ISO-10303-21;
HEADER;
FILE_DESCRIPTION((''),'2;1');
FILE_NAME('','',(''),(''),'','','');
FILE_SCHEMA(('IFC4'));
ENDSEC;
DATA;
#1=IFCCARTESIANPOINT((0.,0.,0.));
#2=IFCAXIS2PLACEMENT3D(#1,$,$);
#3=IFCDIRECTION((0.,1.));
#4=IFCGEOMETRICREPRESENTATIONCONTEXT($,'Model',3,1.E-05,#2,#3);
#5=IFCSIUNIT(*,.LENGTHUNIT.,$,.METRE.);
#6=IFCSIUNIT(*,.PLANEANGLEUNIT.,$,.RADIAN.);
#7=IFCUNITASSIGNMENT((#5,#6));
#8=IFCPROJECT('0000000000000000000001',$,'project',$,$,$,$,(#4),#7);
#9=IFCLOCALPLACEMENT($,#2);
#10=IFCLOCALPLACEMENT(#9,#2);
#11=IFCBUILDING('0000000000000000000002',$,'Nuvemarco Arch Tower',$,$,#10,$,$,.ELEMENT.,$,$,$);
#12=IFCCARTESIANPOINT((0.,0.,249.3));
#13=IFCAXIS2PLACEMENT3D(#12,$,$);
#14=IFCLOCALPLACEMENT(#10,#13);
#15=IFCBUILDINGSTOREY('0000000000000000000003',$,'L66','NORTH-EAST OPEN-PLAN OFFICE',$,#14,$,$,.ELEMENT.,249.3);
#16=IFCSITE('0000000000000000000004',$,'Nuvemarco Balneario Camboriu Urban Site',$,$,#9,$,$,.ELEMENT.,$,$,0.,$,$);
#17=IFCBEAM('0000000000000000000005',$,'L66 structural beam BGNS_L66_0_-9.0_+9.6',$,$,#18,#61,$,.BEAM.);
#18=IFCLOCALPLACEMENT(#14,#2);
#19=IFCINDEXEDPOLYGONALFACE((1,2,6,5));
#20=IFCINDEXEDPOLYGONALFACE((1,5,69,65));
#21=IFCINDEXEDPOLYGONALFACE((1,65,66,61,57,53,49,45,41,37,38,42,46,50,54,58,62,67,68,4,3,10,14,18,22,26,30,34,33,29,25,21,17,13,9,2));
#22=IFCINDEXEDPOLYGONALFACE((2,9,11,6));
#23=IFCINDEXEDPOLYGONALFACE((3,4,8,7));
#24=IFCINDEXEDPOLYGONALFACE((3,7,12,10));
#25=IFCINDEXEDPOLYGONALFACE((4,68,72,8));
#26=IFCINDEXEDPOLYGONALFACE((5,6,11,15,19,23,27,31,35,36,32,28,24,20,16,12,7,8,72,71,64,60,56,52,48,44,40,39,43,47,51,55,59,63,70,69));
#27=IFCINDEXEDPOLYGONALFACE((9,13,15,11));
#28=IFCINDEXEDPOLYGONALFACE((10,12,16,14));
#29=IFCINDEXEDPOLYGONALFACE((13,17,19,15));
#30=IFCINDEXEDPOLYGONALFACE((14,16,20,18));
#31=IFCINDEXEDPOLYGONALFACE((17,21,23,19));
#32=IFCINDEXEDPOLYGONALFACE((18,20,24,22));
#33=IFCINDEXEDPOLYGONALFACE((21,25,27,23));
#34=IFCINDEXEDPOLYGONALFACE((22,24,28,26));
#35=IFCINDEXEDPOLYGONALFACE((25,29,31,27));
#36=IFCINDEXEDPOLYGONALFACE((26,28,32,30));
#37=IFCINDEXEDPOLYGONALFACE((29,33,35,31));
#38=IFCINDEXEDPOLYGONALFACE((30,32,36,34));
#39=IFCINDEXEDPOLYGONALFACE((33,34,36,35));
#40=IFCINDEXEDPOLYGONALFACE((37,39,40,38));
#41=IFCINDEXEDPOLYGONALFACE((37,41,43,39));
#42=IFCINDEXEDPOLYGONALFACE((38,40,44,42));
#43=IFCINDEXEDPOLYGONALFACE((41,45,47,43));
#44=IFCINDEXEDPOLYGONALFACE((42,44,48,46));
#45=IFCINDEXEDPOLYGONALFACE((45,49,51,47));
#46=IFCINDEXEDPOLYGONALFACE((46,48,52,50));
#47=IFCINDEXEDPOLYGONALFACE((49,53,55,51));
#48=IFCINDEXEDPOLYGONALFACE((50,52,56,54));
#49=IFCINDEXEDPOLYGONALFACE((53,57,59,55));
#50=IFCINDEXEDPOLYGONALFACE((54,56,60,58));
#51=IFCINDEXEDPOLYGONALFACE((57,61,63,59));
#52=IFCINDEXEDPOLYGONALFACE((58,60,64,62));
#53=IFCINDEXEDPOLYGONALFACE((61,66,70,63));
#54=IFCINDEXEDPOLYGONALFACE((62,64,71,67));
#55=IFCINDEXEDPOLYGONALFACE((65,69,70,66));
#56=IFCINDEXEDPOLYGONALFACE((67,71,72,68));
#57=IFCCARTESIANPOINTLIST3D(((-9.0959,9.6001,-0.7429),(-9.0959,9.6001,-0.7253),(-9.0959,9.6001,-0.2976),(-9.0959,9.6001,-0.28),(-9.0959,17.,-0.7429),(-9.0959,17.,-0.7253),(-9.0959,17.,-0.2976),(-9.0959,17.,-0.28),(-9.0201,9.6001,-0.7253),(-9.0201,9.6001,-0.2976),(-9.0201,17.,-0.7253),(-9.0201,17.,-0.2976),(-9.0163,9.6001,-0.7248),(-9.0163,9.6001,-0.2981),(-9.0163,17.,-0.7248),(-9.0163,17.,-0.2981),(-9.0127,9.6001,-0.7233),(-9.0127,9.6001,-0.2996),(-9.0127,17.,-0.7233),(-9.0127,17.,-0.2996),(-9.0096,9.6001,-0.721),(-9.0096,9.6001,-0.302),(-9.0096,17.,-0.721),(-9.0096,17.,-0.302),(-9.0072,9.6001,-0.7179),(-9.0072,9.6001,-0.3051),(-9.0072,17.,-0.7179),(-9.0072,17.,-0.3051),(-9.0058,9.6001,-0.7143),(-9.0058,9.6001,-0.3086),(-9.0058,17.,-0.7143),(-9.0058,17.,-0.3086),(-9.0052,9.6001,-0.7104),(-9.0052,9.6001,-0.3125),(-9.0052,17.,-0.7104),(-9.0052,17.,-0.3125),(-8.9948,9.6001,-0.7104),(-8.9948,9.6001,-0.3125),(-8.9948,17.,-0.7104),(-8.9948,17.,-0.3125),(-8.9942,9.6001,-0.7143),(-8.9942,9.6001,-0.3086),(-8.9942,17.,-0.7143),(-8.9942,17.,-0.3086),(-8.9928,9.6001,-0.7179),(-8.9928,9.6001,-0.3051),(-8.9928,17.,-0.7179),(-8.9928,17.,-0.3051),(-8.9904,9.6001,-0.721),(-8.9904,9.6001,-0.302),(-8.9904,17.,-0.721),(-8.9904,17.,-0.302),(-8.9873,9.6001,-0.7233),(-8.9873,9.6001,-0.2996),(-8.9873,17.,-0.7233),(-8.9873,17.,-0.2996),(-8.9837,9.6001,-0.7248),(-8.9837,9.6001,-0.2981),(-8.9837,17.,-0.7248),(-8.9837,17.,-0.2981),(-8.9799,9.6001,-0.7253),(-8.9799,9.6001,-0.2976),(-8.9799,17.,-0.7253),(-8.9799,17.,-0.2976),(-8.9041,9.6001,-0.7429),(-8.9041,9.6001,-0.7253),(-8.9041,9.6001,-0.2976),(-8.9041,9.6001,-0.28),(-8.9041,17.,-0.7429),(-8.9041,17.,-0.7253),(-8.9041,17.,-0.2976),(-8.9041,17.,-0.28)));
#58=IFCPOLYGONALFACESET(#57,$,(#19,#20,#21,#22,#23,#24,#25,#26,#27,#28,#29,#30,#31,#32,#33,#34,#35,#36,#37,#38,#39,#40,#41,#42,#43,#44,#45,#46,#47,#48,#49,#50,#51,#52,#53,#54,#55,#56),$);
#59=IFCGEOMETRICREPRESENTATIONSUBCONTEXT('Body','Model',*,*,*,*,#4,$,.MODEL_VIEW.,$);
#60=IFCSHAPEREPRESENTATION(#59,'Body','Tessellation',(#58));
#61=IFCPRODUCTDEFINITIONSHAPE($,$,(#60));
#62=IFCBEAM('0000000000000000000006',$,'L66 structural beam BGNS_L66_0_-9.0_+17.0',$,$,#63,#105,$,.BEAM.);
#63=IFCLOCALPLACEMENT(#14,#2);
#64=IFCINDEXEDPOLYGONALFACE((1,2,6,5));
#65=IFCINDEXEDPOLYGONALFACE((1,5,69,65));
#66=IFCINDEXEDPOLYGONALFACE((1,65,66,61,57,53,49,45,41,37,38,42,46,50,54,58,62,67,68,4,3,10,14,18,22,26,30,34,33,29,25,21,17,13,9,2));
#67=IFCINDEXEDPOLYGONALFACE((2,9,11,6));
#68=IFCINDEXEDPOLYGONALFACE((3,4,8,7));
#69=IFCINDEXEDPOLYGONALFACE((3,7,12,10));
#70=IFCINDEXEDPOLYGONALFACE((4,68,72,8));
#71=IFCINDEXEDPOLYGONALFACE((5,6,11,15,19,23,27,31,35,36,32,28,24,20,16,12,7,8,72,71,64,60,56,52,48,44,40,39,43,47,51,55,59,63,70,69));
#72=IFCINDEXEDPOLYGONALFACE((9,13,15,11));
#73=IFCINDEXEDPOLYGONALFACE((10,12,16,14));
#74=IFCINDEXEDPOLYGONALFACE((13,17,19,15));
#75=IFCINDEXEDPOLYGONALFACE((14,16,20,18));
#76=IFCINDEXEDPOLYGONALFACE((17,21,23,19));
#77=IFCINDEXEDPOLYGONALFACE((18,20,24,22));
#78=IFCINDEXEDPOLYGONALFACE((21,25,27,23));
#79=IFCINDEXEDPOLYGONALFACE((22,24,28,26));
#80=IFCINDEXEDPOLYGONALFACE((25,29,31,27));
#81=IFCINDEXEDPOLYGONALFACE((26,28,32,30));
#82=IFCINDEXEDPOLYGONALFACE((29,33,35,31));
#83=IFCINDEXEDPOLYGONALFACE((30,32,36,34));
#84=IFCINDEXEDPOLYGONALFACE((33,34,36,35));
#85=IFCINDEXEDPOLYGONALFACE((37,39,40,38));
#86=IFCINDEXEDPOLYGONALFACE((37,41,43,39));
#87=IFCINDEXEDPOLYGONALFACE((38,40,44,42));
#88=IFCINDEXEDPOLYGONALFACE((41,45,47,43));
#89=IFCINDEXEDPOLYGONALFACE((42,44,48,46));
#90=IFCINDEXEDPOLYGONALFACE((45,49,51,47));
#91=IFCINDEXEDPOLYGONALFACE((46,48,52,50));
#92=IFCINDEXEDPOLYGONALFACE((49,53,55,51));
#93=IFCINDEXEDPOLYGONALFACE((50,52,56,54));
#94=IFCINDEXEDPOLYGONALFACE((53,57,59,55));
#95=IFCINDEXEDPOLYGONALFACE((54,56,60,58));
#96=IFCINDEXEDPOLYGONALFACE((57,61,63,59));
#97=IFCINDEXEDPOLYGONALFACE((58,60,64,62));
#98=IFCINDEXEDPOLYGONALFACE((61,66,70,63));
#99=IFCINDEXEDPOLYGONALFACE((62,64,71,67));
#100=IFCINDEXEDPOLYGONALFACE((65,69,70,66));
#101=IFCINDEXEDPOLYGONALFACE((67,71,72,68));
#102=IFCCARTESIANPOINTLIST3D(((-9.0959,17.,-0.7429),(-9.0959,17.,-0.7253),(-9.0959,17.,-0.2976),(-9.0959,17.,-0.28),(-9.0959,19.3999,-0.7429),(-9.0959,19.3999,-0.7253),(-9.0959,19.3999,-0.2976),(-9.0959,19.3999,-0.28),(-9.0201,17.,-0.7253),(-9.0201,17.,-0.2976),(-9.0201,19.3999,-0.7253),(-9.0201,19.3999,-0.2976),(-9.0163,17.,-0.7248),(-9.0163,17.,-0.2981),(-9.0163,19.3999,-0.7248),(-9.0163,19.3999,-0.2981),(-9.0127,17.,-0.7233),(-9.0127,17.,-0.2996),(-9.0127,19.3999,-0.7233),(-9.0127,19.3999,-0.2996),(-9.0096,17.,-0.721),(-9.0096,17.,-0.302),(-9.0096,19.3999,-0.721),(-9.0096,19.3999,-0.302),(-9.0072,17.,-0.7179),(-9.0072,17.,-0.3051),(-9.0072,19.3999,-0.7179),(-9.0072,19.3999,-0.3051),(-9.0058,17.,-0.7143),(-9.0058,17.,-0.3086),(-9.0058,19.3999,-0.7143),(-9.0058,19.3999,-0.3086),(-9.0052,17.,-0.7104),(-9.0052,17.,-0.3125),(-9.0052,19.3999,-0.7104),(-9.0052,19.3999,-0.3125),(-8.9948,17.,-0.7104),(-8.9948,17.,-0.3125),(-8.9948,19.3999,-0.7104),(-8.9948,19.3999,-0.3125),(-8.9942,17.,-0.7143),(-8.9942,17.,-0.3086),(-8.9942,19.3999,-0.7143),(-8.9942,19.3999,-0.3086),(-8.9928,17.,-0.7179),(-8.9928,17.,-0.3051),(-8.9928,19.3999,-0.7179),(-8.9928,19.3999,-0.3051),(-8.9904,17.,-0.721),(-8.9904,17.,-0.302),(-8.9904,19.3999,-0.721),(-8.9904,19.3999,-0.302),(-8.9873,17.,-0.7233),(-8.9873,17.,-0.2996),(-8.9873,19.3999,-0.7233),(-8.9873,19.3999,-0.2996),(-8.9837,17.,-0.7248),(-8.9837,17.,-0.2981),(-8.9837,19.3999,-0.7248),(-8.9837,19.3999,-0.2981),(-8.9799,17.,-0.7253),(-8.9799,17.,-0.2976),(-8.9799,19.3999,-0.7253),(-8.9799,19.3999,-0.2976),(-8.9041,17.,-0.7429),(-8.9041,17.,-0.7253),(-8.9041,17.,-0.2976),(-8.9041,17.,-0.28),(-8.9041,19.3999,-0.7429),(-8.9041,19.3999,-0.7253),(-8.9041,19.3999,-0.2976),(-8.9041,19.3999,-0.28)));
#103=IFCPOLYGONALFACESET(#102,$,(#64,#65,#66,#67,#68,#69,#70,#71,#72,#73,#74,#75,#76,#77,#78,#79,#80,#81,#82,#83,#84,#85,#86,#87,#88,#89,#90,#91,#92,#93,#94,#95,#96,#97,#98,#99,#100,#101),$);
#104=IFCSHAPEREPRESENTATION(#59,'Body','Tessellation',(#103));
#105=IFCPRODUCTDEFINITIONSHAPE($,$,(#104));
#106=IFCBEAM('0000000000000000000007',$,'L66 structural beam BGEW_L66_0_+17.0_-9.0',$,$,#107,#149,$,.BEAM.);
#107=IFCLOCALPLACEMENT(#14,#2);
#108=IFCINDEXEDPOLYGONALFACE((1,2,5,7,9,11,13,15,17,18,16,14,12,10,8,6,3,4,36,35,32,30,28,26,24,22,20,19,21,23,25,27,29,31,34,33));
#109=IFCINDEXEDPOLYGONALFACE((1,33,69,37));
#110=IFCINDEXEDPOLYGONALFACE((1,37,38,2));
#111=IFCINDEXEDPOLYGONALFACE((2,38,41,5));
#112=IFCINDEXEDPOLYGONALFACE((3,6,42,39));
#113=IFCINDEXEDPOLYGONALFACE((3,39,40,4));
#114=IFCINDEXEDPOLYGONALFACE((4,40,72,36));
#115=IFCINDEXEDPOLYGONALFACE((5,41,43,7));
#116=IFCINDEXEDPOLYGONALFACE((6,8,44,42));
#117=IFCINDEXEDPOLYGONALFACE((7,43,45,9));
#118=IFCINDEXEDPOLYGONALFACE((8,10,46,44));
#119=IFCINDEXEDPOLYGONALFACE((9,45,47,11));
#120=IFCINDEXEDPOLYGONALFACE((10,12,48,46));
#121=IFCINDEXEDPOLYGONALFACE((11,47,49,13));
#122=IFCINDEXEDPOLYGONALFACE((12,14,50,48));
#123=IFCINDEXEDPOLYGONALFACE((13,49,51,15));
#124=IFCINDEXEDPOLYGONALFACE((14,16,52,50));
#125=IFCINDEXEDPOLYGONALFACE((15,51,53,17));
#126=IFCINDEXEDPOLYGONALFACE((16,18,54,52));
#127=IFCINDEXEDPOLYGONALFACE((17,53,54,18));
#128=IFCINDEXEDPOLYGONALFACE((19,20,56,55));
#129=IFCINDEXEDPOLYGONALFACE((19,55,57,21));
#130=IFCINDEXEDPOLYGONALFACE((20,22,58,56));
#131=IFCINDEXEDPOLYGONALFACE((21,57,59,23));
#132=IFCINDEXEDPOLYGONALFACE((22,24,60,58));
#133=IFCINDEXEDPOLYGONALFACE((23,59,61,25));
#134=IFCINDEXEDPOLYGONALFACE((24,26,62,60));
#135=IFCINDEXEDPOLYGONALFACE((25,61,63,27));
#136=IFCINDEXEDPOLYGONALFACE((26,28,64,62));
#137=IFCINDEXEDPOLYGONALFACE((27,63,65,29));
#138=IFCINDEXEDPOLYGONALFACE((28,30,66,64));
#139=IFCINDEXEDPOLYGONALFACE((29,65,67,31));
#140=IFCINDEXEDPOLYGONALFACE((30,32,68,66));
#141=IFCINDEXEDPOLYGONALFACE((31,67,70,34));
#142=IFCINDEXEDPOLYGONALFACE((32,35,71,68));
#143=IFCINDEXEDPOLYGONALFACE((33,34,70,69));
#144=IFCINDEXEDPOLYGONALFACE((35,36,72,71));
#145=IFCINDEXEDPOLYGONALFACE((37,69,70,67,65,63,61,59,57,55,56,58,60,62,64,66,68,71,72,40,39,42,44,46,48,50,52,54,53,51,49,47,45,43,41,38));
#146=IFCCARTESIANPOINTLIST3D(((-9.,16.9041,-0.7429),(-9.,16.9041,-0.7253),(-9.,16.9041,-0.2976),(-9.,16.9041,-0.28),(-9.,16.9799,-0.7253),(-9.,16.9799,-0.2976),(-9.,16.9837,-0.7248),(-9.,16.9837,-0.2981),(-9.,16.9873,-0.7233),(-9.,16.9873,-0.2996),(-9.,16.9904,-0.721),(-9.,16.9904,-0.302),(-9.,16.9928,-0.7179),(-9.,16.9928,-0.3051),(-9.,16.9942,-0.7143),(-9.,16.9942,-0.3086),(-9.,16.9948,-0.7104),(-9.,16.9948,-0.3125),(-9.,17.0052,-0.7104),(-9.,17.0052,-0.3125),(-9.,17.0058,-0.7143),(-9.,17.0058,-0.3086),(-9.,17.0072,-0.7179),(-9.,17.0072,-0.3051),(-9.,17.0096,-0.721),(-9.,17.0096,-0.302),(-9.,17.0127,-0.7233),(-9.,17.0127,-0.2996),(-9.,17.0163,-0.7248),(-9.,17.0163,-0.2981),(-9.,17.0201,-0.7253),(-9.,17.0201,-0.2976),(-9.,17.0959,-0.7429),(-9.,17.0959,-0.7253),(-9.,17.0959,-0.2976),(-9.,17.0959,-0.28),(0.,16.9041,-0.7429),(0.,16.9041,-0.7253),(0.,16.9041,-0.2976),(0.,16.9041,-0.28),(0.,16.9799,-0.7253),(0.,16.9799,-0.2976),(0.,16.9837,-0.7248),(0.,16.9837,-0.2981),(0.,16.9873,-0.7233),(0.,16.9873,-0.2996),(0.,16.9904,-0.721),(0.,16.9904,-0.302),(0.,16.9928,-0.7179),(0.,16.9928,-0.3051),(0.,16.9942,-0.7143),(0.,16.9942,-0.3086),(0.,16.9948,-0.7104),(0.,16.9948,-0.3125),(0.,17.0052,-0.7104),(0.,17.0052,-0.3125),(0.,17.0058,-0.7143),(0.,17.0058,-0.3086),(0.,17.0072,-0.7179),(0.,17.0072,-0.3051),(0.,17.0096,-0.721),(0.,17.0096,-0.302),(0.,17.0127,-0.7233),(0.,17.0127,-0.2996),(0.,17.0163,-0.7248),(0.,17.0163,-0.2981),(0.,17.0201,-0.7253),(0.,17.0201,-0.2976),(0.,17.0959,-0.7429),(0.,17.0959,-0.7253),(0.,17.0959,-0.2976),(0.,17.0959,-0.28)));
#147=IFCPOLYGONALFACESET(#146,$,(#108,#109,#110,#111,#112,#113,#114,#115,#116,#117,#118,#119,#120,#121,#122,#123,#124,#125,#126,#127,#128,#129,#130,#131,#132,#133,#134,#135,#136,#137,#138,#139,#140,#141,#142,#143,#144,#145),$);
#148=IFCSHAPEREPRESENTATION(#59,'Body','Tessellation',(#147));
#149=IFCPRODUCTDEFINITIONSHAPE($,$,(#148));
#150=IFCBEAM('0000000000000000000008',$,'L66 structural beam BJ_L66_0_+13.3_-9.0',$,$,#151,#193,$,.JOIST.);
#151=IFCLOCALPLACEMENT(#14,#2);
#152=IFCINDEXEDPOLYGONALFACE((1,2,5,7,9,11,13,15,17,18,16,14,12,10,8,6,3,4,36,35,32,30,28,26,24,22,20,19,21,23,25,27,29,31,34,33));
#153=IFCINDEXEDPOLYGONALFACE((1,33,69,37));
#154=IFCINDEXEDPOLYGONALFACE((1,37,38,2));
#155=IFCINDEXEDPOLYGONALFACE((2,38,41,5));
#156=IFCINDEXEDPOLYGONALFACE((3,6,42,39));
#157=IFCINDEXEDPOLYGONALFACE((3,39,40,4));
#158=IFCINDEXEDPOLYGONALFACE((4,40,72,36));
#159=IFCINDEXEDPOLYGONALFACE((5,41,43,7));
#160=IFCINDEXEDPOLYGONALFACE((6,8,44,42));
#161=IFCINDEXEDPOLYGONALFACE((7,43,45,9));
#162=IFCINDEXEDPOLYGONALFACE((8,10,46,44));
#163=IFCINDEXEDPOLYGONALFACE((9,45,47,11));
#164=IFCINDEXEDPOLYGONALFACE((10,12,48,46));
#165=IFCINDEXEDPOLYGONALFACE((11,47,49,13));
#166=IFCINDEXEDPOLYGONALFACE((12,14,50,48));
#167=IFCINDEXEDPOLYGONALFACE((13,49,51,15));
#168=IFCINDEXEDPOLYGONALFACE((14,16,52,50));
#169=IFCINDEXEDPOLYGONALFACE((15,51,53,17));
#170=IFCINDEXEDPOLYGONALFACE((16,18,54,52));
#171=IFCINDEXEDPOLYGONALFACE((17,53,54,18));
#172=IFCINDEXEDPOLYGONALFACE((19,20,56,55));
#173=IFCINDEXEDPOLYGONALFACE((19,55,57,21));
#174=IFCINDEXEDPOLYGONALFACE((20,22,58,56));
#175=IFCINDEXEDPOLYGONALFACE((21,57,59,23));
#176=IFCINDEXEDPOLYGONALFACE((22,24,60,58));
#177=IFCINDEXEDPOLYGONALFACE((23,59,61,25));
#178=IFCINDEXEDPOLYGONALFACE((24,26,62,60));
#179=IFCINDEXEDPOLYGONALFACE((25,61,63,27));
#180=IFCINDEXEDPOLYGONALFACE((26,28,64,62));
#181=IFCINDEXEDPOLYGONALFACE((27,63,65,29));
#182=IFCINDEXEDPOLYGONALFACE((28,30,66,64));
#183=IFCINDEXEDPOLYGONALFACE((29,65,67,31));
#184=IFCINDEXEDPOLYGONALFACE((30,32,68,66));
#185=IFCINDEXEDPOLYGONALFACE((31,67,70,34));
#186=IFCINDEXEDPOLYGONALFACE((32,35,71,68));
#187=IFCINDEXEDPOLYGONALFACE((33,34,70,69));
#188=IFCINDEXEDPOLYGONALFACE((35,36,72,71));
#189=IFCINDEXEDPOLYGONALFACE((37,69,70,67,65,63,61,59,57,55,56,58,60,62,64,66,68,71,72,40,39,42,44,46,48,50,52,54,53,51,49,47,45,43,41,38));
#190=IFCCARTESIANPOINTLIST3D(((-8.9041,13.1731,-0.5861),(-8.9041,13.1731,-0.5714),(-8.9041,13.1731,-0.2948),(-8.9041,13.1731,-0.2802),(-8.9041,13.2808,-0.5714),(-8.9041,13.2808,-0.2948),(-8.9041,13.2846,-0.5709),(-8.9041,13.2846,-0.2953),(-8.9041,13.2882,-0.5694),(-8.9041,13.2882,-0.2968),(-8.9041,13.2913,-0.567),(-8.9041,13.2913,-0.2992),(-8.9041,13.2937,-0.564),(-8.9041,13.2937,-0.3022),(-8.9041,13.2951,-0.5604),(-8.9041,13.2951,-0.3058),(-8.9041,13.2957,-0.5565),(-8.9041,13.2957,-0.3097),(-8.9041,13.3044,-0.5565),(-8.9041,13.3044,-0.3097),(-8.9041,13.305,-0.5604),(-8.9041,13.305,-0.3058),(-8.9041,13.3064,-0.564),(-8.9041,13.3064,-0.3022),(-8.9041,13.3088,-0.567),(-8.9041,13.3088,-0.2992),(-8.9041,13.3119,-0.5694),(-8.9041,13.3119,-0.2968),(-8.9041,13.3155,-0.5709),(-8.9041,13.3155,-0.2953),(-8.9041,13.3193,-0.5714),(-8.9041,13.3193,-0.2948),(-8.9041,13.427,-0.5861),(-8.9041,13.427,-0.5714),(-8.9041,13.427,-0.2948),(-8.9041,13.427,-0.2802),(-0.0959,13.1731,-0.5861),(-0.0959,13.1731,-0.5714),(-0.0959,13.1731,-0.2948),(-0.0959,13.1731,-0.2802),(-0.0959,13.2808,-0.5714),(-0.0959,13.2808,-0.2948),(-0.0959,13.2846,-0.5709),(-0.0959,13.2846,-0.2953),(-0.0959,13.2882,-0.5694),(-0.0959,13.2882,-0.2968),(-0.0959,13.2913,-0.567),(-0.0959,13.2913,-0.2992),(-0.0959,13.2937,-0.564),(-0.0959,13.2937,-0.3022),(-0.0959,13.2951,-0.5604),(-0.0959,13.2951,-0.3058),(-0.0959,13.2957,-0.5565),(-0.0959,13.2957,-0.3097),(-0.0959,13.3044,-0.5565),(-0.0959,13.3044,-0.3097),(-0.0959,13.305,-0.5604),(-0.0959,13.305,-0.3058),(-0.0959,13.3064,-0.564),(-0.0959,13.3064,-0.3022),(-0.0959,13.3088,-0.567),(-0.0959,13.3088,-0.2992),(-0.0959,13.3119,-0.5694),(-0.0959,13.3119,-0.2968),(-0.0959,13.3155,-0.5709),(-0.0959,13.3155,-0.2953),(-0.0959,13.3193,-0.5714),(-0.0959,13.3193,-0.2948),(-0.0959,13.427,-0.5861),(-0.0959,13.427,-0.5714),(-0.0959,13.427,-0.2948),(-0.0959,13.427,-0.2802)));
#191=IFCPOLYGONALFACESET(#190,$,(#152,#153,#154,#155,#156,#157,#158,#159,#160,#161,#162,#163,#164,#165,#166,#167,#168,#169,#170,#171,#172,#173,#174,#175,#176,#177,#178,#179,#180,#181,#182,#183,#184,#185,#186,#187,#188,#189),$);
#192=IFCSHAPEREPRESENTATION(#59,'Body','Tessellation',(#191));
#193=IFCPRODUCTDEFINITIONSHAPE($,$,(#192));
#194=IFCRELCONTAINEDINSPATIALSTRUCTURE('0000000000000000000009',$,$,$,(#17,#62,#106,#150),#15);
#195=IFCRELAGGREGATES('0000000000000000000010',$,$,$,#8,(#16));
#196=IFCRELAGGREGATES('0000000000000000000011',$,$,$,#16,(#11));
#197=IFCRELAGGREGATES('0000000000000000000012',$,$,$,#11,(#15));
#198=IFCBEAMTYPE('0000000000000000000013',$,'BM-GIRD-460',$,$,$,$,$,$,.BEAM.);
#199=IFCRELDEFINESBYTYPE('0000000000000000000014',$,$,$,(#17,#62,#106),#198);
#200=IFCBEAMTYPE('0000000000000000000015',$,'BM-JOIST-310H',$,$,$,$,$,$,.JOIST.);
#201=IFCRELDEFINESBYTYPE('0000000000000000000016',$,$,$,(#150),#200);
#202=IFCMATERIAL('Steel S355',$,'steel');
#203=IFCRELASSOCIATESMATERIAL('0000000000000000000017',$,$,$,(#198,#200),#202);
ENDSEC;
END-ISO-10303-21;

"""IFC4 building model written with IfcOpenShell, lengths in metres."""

from ifc_helpers import new_model, si_unit, direction, frame, origin, origin_2d, place, context, subcontext, project, spatial, i_section, extrude, material, material_profile, profile_set, type_object, element, save


model = new_model("IFC4")

# Units and contexts
model_context = context("Model", 3, precision=1e-05, world=origin(), true_north=direction((0.0, 1.0)))
body_context = subcontext(model_context, "Body", "Model", "MODEL_VIEW")
ifc_project = project(units=[si_unit("LENGTHUNIT", "METRE"), si_unit("PLANEANGLEUNIT", "RADIAN")], contexts=[model_context])

# Site, building, storey
site_placement = place(None, origin())
site = spatial("IfcSite", under=ifc_project, at=site_placement, Name="Nuvemarco Balneario Camboriu Urban Site", CompositionType="ELEMENT", RefElevation=0.0)
building_placement = place(site_placement, origin())
building = spatial("IfcBuilding", under=site, at=building_placement, Name="Nuvemarco Arch Tower", CompositionType="ELEMENT")
storey_placement = place(building_placement, frame((0.0, 0.0, 249.3)))
storey = spatial("IfcBuildingStorey", under=building, at=storey_placement, Name="L66", Description="NORTH-EAST OPEN-PLAN OFFICE", CompositionType="ELEMENT", Elevation=249.3)

# Shared definitions
ifc_material_1 = material(Name="Steel S355", Category="steel")

# Beams
ifc_material_profile_1 = material_profile(ifc_material_1, i_section(OverallWidth=0.1919, OverallDepth=0.4629, WebThickness=0.0105, FlangeThickness=0.0176, FilletRadius=0.0149, at=origin_2d()), Name="W460x89")
ifc_profile_set_1 = profile_set([ifc_material_profile_1], Name="Steel S355")
beam_type_1 = type_object("IfcBeamType", Name="BM-GIRD-460", PredefinedType="BEAM", material=ifc_profile_set_1)
beam_1_placement = place(storey_placement, frame((-9.0, 9.6001, -0.5115), z_axis=(0.0, 1.0, 0.0), x_axis=(-1.0, 0.0, 0.0)))
element("IfcBeam", 1, at=beam_1_placement, inside=storey, type_object=beam_type_1, Name="L66 structural beam BGNS_L66_0_-9.0_+9.6", PredefinedType="BEAM", context=body_context, shape_type="SweptSolid", body=[
    extrude(i_section(OverallWidth=0.1919, OverallDepth=0.4629, WebThickness=0.0105, FlangeThickness=0.0176, FilletRadius=0.0149, at=origin_2d()), origin(), (0.0, 0.0, 1.0), 7.3999),
])
beam_2_placement = place(storey_placement, frame((-9.0, 17.0, -0.5115), z_axis=(0.0, 1.0, 0.0), x_axis=(-1.0, 0.0, 0.0)))
element("IfcBeam", 2, at=beam_2_placement, inside=storey, type_object=beam_type_1, Name="L66 structural beam BGNS_L66_0_-9.0_+17.0", PredefinedType="BEAM", context=body_context, shape_type="SweptSolid", body=[
    extrude(i_section(OverallWidth=0.1919, OverallDepth=0.4629, WebThickness=0.0105, FlangeThickness=0.0176, FilletRadius=0.0149, at=origin_2d()), origin(), (0.0, 0.0, 1.0), 2.3999),
])
beam_3_placement = place(storey_placement, frame((-9.0, 17.0, -0.5115), z_axis=(1.0, 0.0, 0.0), x_axis=(0.0, 1.0, 0.0)))
element("IfcBeam", 3, at=beam_3_placement, inside=storey, type_object=beam_type_1, Name="L66 structural beam BGEW_L66_0_+17.0_-9.0", PredefinedType="BEAM", context=body_context, shape_type="SweptSolid", body=[
    extrude(i_section(OverallWidth=0.1919, OverallDepth=0.4629, WebThickness=0.0105, FlangeThickness=0.0176, FilletRadius=0.0149, at=origin_2d()), origin(), (0.0, 0.0, 1.0), 9.0),
])
ifc_material_profile_2 = material_profile(ifc_material_1, i_section(OverallWidth=0.2539, OverallDepth=0.3059, WebThickness=0.0088, FlangeThickness=0.0146, FilletRadius=0.0149, at=origin_2d()), Name="W310x79")
ifc_profile_set_2 = profile_set([ifc_material_profile_2], Name="Steel S355")
beam_type_2 = type_object("IfcBeamType", Name="BM-JOIST-310H", PredefinedType="JOIST", material=ifc_profile_set_2)
beam_4_placement = place(storey_placement, frame((-8.9041, 13.3, -0.4331), z_axis=(1.0, 0.0, 0.0), x_axis=(0.0, 1.0, 0.0)))
element("IfcBeam", 4, at=beam_4_placement, inside=storey, type_object=beam_type_2, Name="L66 structural beam BJ_L66_0_+13.3_-9.0", PredefinedType="JOIST", context=body_context, shape_type="SweptSolid", body=[
    extrude(i_section(OverallWidth=0.2539, OverallDepth=0.3059, WebThickness=0.0088, FlangeThickness=0.0146, FilletRadius=0.0149, at=origin_2d()), origin(), (0.0, 0.0, 1.0), 8.8081),
])

save(model, "model.ifc")
